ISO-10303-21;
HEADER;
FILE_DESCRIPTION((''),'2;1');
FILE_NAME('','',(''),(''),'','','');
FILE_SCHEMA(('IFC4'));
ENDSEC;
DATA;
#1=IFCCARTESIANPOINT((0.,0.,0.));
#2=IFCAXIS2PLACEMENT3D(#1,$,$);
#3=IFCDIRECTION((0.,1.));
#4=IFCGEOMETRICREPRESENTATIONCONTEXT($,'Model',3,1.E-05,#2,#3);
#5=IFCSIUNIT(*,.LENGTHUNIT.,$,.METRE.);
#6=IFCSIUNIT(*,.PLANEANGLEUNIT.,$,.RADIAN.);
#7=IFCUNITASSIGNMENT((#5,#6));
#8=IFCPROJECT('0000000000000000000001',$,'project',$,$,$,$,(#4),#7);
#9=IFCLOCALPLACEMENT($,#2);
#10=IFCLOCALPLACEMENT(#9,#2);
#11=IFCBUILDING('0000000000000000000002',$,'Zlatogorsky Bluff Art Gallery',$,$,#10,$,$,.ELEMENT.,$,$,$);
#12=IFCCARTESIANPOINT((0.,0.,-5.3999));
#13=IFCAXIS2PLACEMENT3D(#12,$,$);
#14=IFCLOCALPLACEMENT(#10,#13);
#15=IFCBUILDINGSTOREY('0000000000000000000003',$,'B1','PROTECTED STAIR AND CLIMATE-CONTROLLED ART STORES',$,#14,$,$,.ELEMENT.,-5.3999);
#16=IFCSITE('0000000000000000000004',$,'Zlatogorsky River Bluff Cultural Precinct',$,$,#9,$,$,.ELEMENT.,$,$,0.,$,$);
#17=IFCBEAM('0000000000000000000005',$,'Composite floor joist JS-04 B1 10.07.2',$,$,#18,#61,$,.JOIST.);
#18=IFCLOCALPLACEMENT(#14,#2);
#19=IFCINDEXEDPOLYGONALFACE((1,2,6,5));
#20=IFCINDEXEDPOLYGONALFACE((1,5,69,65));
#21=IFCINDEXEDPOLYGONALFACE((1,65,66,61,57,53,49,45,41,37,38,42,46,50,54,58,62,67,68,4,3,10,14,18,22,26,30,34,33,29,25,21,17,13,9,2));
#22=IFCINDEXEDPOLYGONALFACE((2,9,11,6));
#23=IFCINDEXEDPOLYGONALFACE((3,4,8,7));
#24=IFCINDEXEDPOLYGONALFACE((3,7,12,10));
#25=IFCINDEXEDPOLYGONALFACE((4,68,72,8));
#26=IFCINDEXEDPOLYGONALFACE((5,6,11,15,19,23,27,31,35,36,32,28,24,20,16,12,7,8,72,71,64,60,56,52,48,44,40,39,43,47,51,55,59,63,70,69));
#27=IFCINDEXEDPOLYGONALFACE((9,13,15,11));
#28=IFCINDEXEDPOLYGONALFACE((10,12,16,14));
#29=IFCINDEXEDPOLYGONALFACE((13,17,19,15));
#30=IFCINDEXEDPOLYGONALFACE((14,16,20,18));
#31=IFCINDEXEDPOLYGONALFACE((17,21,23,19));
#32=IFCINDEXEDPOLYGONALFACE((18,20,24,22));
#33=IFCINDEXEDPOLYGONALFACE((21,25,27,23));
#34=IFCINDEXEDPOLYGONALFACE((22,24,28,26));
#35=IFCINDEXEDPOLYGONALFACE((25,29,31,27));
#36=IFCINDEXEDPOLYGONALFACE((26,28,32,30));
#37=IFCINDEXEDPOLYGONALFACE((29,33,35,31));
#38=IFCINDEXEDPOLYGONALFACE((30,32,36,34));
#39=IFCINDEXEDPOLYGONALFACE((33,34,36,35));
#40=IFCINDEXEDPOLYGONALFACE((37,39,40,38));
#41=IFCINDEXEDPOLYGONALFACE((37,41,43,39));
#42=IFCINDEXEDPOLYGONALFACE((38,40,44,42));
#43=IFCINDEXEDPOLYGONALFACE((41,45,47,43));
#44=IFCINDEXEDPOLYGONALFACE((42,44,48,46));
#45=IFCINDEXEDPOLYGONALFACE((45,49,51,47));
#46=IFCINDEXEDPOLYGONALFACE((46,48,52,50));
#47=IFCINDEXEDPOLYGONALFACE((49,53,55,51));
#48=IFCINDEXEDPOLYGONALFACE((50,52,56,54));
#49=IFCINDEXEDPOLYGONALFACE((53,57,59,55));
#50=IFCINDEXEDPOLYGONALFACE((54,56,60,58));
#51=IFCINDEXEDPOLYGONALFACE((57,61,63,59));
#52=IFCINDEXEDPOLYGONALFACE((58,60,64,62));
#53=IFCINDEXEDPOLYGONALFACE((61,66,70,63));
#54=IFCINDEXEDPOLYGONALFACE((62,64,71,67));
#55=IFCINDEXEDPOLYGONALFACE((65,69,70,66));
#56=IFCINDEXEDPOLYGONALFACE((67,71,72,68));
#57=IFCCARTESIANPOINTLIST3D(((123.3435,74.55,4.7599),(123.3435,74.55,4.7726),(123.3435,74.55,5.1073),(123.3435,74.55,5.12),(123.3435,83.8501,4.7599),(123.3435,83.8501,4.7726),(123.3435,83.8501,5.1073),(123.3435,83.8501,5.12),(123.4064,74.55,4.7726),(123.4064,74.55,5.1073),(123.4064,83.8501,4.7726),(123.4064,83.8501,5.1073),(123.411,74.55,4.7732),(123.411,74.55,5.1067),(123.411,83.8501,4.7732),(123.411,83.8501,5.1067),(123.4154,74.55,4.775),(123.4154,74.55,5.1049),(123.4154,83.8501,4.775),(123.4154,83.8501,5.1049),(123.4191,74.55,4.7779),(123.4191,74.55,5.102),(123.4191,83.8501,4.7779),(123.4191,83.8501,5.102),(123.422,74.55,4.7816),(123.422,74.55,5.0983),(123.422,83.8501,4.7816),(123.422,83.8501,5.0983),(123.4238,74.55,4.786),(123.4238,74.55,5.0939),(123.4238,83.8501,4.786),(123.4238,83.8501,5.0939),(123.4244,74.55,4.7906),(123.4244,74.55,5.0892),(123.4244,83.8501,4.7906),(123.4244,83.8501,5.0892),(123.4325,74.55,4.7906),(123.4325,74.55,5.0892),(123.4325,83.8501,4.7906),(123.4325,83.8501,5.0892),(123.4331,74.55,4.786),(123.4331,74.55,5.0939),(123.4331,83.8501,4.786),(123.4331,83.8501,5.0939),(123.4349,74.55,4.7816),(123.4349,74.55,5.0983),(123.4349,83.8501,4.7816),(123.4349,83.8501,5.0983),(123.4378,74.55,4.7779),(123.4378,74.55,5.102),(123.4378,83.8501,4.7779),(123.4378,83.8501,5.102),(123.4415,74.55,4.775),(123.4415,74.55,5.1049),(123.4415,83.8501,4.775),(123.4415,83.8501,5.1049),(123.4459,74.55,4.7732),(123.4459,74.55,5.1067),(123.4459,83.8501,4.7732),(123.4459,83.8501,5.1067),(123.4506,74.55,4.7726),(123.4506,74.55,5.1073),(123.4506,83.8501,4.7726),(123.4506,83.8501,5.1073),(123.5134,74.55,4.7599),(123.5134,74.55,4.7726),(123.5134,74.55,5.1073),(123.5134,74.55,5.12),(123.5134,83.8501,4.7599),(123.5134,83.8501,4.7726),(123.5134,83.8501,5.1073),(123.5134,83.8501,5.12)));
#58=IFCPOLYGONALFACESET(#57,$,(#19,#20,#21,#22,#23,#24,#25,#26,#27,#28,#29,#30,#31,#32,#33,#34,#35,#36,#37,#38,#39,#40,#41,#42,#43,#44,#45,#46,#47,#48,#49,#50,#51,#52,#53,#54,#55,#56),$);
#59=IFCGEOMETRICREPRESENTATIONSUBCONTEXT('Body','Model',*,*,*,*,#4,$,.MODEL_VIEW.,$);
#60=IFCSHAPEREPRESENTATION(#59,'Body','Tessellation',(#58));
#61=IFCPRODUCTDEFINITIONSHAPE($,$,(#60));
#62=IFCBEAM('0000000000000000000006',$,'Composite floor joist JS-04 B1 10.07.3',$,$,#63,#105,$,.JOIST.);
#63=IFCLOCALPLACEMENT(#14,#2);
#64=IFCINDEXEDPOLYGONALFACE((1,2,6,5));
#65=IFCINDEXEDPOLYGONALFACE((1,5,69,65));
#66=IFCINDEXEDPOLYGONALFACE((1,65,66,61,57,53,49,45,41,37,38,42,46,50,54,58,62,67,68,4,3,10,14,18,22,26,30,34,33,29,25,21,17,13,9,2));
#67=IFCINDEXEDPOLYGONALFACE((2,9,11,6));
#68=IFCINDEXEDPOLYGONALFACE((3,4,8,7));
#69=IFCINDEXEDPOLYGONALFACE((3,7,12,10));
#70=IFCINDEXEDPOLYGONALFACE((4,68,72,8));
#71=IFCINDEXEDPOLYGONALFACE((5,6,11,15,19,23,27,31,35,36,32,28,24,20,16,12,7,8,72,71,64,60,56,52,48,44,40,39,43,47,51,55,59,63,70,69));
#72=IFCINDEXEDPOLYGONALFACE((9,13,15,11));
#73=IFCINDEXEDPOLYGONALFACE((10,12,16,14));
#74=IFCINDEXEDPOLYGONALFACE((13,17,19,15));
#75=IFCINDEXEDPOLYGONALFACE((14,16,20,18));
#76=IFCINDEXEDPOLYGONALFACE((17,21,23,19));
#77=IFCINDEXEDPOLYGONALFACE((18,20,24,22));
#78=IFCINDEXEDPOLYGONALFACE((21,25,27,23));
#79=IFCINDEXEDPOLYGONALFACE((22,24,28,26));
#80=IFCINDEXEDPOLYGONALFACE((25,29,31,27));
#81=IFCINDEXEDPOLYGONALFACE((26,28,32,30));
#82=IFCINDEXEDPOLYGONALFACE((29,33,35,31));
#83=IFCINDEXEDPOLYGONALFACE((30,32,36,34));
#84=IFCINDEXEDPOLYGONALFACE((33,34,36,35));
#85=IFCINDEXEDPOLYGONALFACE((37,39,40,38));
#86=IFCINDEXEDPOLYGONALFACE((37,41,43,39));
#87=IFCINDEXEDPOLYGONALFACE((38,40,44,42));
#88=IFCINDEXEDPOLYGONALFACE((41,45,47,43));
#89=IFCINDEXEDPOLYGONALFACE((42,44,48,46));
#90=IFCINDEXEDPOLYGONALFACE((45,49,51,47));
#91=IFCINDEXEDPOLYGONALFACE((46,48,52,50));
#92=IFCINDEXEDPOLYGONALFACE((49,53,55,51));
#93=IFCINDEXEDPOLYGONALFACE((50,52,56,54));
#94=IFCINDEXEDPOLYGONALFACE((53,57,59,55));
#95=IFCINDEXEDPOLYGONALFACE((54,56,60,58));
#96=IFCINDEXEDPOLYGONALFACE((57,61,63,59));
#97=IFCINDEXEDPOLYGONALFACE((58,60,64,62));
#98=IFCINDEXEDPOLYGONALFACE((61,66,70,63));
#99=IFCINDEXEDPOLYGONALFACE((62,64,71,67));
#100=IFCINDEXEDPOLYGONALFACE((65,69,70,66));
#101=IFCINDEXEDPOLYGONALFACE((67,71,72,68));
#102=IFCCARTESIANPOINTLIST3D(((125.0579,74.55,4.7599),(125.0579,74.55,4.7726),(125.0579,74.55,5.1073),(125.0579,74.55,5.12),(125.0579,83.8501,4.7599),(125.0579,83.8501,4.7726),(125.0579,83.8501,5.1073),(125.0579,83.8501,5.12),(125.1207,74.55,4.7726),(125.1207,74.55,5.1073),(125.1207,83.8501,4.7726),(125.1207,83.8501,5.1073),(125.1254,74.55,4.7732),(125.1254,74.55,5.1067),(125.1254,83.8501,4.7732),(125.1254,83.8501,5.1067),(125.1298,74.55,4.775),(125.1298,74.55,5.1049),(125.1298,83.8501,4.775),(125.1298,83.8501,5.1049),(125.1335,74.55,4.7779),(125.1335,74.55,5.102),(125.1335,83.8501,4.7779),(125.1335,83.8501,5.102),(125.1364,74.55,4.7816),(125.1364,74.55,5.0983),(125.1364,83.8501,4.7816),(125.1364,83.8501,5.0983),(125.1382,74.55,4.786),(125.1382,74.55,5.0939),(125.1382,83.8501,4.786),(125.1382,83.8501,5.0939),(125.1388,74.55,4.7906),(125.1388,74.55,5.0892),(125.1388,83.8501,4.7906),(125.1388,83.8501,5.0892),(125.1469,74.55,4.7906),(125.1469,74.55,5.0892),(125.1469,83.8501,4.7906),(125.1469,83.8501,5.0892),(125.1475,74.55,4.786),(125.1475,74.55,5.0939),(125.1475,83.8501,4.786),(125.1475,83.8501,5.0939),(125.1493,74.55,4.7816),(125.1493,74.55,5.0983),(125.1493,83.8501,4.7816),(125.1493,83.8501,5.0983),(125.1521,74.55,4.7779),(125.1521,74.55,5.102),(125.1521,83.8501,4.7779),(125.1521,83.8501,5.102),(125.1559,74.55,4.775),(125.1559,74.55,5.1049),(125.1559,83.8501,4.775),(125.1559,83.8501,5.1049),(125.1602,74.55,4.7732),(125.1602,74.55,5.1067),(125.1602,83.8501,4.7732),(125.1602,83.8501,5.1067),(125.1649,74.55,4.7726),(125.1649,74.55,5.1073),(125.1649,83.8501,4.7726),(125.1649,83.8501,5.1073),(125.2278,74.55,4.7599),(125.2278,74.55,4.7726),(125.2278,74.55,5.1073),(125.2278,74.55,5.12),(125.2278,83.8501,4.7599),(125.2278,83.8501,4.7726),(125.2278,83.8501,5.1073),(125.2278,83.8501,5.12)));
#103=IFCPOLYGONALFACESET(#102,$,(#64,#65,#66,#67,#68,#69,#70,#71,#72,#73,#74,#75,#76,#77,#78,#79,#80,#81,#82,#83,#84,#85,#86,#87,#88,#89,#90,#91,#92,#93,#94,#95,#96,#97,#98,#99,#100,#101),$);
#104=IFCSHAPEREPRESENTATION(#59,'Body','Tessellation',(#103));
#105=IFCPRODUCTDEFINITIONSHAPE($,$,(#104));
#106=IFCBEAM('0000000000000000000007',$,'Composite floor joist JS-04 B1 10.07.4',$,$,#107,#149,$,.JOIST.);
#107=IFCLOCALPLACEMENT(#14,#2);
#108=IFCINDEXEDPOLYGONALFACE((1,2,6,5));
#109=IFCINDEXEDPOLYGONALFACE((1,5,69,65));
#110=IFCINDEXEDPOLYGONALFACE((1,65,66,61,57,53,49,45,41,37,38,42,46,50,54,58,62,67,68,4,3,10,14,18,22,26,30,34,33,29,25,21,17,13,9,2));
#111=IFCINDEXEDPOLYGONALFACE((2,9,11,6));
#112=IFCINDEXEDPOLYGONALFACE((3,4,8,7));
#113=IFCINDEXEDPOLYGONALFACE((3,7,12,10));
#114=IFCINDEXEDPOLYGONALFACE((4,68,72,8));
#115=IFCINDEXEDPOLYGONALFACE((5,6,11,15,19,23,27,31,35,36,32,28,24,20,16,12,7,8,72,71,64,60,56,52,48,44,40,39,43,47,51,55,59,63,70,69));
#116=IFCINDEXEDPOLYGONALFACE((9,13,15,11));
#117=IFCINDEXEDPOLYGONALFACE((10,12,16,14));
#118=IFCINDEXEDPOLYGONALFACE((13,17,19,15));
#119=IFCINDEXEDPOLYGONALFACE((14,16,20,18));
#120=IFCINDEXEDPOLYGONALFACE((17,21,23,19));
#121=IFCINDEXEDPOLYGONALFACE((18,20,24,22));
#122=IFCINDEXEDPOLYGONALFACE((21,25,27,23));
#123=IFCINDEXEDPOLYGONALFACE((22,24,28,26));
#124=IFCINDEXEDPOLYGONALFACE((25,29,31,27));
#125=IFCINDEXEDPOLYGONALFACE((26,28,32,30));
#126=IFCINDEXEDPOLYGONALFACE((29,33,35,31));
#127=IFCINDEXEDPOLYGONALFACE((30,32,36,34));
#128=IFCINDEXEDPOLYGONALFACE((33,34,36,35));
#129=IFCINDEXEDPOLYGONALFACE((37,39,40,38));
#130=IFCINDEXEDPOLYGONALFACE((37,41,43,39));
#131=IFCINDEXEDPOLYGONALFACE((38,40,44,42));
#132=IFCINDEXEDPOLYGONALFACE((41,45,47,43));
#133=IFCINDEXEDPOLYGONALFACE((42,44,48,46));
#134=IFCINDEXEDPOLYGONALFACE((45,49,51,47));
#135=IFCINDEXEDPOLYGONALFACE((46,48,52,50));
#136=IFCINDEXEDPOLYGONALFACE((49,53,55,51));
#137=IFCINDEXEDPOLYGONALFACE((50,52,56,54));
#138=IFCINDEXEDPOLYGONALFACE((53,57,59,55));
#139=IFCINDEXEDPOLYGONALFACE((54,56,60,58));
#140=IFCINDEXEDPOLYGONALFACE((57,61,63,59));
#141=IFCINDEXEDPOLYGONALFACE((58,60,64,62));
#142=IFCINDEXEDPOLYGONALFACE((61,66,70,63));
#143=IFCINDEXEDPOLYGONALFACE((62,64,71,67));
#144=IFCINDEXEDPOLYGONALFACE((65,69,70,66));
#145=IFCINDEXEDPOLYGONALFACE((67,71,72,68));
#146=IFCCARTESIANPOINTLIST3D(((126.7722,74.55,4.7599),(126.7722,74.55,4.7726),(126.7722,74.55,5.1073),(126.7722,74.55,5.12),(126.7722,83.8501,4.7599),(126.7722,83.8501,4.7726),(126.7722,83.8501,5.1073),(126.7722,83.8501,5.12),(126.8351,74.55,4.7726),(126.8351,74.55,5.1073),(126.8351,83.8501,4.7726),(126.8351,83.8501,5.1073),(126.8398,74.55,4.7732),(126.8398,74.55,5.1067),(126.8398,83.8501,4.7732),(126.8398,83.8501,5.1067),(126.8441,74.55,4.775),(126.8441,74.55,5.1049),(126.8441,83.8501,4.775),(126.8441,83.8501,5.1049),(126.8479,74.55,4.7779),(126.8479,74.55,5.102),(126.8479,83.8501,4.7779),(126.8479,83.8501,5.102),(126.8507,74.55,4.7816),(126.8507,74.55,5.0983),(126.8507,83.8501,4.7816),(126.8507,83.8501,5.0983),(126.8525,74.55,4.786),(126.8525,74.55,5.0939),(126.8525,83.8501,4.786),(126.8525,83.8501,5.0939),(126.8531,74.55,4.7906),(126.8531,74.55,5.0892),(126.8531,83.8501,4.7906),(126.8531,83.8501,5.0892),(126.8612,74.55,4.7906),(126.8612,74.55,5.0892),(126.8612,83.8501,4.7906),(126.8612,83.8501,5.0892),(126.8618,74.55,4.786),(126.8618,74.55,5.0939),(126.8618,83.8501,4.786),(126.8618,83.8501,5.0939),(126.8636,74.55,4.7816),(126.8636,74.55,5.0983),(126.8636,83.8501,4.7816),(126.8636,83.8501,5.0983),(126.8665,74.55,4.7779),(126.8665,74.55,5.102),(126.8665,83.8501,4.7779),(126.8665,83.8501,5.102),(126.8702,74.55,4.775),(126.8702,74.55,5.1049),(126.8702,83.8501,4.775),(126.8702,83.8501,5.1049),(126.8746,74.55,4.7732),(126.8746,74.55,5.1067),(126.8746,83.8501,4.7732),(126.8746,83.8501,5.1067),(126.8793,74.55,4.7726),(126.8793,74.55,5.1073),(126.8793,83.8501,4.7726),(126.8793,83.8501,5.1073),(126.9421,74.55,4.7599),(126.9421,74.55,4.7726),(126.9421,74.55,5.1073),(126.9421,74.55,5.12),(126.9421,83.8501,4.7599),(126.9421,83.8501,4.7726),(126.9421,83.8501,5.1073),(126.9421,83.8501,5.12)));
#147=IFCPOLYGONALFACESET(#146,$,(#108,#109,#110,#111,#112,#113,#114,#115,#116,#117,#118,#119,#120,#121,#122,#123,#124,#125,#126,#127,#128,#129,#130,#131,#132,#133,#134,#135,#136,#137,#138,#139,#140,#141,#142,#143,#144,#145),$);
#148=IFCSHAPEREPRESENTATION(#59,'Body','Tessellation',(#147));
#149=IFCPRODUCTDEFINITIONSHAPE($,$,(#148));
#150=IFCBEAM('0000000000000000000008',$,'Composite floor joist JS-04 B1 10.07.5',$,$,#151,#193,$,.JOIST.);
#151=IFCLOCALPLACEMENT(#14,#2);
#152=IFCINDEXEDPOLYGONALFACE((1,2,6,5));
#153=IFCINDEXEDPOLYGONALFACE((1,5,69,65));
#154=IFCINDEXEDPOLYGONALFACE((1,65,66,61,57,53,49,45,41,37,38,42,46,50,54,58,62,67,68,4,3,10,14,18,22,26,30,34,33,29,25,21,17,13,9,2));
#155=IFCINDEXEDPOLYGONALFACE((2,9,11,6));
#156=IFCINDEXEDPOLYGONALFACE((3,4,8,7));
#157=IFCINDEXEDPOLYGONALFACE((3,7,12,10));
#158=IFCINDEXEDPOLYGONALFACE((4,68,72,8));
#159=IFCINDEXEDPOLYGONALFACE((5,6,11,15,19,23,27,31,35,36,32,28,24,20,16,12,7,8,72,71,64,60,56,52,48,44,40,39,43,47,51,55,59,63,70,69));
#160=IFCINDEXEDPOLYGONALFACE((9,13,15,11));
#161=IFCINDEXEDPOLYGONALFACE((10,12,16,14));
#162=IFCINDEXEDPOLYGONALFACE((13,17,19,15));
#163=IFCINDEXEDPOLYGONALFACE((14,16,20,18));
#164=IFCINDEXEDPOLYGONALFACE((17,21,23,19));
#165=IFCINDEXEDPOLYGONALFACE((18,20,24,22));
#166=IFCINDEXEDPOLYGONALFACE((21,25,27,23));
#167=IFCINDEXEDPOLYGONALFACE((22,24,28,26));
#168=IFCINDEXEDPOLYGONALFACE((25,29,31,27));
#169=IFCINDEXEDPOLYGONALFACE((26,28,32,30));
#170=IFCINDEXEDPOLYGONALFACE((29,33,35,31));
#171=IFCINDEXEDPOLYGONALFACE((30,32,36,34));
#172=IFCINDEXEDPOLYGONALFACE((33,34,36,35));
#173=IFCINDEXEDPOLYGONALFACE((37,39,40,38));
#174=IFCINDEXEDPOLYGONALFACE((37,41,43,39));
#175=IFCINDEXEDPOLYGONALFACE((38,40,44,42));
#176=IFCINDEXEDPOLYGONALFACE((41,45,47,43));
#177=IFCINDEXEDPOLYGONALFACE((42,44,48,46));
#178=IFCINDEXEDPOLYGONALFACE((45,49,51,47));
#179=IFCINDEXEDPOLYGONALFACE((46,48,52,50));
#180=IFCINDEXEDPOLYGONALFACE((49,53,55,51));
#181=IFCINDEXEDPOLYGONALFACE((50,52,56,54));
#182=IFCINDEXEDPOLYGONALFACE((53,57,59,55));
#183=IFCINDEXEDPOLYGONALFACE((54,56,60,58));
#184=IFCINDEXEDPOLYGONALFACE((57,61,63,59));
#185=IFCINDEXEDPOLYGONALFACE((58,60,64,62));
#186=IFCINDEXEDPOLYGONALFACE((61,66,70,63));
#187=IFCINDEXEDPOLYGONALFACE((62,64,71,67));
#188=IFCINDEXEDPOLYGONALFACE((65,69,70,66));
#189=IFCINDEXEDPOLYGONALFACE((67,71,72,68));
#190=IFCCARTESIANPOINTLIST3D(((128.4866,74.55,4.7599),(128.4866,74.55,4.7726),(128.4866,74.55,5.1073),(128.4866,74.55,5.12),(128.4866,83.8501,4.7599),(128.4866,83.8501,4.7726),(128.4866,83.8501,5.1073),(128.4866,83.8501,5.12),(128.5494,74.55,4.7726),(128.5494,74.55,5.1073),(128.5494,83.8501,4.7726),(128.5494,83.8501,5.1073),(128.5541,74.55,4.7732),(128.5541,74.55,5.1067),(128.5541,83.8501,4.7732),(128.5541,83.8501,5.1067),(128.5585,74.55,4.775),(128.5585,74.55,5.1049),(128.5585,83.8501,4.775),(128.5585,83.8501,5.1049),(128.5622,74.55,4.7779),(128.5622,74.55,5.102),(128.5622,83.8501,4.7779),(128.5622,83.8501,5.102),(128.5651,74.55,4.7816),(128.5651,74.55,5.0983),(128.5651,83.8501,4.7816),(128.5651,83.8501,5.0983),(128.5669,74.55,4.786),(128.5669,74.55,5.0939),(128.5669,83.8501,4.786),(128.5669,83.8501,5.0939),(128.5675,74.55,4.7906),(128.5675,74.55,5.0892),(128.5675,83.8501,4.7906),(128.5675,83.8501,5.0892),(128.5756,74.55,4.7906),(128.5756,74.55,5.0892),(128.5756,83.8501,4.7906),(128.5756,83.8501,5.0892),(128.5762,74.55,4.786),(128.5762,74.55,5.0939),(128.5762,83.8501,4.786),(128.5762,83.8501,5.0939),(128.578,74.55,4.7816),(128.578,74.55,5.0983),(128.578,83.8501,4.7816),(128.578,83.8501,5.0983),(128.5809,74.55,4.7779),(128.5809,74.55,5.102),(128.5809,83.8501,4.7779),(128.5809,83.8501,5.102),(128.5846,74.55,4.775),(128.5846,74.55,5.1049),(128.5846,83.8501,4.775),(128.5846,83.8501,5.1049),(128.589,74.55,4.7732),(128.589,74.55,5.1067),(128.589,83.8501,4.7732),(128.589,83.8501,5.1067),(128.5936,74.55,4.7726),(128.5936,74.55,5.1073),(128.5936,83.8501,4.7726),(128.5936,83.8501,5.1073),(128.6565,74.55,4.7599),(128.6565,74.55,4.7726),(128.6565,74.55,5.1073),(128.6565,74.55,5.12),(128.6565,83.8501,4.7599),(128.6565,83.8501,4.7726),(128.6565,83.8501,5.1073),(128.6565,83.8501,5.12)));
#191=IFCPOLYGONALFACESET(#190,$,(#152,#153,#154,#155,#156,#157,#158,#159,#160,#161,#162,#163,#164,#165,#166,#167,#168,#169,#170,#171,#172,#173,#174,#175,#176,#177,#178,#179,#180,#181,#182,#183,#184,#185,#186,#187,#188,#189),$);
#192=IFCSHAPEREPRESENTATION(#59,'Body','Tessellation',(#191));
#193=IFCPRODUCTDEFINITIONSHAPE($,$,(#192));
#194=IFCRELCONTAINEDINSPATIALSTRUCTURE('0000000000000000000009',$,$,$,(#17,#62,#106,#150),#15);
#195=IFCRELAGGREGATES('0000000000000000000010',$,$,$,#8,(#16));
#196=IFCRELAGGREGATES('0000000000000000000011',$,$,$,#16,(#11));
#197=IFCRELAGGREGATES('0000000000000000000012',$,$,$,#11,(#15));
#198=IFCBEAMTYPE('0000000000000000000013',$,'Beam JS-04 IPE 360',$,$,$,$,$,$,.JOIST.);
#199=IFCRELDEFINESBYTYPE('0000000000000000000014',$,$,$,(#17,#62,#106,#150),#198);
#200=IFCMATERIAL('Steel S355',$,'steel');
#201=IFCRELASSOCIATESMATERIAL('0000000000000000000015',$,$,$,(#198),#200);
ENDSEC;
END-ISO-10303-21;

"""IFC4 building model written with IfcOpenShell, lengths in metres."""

from ifc_helpers import new_model, si_unit, direction, frame, origin, origin_2d, place, context, subcontext, project, spatial, i_section, extrude, material, material_profile, profile_set, type_object, element, save


model = new_model("IFC4")

# Units and contexts
model_context = context("Model", 3, precision=1e-05, world=origin(), true_north=direction((0.0, 1.0)))
body_context = subcontext(model_context, "Body", "Model", "MODEL_VIEW")
ifc_project = project(units=[si_unit("LENGTHUNIT", "METRE"), si_unit("PLANEANGLEUNIT", "RADIAN")], contexts=[model_context])

# Site, building, storey
site_placement = place(None, origin())
site = spatial("IfcSite", under=ifc_project, at=site_placement, Name="Zlatogorsky River Bluff Cultural Precinct", CompositionType="ELEMENT", RefElevation=0.0)
building_placement = place(site_placement, origin())
building = spatial("IfcBuilding", under=site, at=building_placement, Name="Zlatogorsky Bluff Art Gallery", CompositionType="ELEMENT")
storey_placement = place(building_placement, frame((0.0, 0.0, -5.3999)))
storey = spatial("IfcBuildingStorey", under=building, at=storey_placement, Name="B1", Description="PROTECTED STAIR AND CLIMATE-CONTROLLED ART STORES", CompositionType="ELEMENT", Elevation=-5.3999)

# Beams
ifc_material_1 = material(Name="Steel S355", Category="steel")
ifc_material_profile_1 = material_profile(ifc_material_1, i_section(OverallWidth=0.1699, OverallDepth=0.3601, WebThickness=0.0081, FlangeThickness=0.0127, FilletRadius=0.0181, at=origin_2d()), Name="IPE 360")
ifc_profile_set_1 = profile_set([ifc_material_profile_1], Name="Steel S355")
beam_type_1 = type_object("IfcBeamType", Name="Beam JS-04 IPE 360", PredefinedType="JOIST", material=ifc_profile_set_1)
for number, where, z_axis, x_axis, name in (
    (1, (123.4285, 74.55, 4.9399), (0.0, 1.0, 0.0), (-1.0, 0.0, 0.0), "Composite floor joist JS-04 B1 10.07.2"),
    (2, (125.1428, 74.55, 4.9399), (0.0, 1.0, 0.0), (-1.0, 0.0, 0.0), "Composite floor joist JS-04 B1 10.07.3"),
    (3, (126.8572, 74.55, 4.9399), (0.0, 1.0, 0.0), (-1.0, 0.0, 0.0), "Composite floor joist JS-04 B1 10.07.4"),
    (4, (128.5715, 74.55, 4.9399), (0.0, 1.0, 0.0), (-1.0, 0.0, 0.0), "Composite floor joist JS-04 B1 10.07.5"),
):
    element("IfcBeam", number, at=place(storey_placement, frame(where, z_axis=z_axis, x_axis=x_axis)), inside=storey, type_object=beam_type_1, Name=name, PredefinedType="JOIST", context=body_context, shape_type="SweptSolid", body=[
        extrude(i_section(OverallWidth=0.1699, OverallDepth=0.3601, WebThickness=0.0081, FlangeThickness=0.0127, FilletRadius=0.0181, at=origin_2d()), origin(), (0.0, 0.0, 1.0), 9.3),
    ])

save(model, "model.ifc")
